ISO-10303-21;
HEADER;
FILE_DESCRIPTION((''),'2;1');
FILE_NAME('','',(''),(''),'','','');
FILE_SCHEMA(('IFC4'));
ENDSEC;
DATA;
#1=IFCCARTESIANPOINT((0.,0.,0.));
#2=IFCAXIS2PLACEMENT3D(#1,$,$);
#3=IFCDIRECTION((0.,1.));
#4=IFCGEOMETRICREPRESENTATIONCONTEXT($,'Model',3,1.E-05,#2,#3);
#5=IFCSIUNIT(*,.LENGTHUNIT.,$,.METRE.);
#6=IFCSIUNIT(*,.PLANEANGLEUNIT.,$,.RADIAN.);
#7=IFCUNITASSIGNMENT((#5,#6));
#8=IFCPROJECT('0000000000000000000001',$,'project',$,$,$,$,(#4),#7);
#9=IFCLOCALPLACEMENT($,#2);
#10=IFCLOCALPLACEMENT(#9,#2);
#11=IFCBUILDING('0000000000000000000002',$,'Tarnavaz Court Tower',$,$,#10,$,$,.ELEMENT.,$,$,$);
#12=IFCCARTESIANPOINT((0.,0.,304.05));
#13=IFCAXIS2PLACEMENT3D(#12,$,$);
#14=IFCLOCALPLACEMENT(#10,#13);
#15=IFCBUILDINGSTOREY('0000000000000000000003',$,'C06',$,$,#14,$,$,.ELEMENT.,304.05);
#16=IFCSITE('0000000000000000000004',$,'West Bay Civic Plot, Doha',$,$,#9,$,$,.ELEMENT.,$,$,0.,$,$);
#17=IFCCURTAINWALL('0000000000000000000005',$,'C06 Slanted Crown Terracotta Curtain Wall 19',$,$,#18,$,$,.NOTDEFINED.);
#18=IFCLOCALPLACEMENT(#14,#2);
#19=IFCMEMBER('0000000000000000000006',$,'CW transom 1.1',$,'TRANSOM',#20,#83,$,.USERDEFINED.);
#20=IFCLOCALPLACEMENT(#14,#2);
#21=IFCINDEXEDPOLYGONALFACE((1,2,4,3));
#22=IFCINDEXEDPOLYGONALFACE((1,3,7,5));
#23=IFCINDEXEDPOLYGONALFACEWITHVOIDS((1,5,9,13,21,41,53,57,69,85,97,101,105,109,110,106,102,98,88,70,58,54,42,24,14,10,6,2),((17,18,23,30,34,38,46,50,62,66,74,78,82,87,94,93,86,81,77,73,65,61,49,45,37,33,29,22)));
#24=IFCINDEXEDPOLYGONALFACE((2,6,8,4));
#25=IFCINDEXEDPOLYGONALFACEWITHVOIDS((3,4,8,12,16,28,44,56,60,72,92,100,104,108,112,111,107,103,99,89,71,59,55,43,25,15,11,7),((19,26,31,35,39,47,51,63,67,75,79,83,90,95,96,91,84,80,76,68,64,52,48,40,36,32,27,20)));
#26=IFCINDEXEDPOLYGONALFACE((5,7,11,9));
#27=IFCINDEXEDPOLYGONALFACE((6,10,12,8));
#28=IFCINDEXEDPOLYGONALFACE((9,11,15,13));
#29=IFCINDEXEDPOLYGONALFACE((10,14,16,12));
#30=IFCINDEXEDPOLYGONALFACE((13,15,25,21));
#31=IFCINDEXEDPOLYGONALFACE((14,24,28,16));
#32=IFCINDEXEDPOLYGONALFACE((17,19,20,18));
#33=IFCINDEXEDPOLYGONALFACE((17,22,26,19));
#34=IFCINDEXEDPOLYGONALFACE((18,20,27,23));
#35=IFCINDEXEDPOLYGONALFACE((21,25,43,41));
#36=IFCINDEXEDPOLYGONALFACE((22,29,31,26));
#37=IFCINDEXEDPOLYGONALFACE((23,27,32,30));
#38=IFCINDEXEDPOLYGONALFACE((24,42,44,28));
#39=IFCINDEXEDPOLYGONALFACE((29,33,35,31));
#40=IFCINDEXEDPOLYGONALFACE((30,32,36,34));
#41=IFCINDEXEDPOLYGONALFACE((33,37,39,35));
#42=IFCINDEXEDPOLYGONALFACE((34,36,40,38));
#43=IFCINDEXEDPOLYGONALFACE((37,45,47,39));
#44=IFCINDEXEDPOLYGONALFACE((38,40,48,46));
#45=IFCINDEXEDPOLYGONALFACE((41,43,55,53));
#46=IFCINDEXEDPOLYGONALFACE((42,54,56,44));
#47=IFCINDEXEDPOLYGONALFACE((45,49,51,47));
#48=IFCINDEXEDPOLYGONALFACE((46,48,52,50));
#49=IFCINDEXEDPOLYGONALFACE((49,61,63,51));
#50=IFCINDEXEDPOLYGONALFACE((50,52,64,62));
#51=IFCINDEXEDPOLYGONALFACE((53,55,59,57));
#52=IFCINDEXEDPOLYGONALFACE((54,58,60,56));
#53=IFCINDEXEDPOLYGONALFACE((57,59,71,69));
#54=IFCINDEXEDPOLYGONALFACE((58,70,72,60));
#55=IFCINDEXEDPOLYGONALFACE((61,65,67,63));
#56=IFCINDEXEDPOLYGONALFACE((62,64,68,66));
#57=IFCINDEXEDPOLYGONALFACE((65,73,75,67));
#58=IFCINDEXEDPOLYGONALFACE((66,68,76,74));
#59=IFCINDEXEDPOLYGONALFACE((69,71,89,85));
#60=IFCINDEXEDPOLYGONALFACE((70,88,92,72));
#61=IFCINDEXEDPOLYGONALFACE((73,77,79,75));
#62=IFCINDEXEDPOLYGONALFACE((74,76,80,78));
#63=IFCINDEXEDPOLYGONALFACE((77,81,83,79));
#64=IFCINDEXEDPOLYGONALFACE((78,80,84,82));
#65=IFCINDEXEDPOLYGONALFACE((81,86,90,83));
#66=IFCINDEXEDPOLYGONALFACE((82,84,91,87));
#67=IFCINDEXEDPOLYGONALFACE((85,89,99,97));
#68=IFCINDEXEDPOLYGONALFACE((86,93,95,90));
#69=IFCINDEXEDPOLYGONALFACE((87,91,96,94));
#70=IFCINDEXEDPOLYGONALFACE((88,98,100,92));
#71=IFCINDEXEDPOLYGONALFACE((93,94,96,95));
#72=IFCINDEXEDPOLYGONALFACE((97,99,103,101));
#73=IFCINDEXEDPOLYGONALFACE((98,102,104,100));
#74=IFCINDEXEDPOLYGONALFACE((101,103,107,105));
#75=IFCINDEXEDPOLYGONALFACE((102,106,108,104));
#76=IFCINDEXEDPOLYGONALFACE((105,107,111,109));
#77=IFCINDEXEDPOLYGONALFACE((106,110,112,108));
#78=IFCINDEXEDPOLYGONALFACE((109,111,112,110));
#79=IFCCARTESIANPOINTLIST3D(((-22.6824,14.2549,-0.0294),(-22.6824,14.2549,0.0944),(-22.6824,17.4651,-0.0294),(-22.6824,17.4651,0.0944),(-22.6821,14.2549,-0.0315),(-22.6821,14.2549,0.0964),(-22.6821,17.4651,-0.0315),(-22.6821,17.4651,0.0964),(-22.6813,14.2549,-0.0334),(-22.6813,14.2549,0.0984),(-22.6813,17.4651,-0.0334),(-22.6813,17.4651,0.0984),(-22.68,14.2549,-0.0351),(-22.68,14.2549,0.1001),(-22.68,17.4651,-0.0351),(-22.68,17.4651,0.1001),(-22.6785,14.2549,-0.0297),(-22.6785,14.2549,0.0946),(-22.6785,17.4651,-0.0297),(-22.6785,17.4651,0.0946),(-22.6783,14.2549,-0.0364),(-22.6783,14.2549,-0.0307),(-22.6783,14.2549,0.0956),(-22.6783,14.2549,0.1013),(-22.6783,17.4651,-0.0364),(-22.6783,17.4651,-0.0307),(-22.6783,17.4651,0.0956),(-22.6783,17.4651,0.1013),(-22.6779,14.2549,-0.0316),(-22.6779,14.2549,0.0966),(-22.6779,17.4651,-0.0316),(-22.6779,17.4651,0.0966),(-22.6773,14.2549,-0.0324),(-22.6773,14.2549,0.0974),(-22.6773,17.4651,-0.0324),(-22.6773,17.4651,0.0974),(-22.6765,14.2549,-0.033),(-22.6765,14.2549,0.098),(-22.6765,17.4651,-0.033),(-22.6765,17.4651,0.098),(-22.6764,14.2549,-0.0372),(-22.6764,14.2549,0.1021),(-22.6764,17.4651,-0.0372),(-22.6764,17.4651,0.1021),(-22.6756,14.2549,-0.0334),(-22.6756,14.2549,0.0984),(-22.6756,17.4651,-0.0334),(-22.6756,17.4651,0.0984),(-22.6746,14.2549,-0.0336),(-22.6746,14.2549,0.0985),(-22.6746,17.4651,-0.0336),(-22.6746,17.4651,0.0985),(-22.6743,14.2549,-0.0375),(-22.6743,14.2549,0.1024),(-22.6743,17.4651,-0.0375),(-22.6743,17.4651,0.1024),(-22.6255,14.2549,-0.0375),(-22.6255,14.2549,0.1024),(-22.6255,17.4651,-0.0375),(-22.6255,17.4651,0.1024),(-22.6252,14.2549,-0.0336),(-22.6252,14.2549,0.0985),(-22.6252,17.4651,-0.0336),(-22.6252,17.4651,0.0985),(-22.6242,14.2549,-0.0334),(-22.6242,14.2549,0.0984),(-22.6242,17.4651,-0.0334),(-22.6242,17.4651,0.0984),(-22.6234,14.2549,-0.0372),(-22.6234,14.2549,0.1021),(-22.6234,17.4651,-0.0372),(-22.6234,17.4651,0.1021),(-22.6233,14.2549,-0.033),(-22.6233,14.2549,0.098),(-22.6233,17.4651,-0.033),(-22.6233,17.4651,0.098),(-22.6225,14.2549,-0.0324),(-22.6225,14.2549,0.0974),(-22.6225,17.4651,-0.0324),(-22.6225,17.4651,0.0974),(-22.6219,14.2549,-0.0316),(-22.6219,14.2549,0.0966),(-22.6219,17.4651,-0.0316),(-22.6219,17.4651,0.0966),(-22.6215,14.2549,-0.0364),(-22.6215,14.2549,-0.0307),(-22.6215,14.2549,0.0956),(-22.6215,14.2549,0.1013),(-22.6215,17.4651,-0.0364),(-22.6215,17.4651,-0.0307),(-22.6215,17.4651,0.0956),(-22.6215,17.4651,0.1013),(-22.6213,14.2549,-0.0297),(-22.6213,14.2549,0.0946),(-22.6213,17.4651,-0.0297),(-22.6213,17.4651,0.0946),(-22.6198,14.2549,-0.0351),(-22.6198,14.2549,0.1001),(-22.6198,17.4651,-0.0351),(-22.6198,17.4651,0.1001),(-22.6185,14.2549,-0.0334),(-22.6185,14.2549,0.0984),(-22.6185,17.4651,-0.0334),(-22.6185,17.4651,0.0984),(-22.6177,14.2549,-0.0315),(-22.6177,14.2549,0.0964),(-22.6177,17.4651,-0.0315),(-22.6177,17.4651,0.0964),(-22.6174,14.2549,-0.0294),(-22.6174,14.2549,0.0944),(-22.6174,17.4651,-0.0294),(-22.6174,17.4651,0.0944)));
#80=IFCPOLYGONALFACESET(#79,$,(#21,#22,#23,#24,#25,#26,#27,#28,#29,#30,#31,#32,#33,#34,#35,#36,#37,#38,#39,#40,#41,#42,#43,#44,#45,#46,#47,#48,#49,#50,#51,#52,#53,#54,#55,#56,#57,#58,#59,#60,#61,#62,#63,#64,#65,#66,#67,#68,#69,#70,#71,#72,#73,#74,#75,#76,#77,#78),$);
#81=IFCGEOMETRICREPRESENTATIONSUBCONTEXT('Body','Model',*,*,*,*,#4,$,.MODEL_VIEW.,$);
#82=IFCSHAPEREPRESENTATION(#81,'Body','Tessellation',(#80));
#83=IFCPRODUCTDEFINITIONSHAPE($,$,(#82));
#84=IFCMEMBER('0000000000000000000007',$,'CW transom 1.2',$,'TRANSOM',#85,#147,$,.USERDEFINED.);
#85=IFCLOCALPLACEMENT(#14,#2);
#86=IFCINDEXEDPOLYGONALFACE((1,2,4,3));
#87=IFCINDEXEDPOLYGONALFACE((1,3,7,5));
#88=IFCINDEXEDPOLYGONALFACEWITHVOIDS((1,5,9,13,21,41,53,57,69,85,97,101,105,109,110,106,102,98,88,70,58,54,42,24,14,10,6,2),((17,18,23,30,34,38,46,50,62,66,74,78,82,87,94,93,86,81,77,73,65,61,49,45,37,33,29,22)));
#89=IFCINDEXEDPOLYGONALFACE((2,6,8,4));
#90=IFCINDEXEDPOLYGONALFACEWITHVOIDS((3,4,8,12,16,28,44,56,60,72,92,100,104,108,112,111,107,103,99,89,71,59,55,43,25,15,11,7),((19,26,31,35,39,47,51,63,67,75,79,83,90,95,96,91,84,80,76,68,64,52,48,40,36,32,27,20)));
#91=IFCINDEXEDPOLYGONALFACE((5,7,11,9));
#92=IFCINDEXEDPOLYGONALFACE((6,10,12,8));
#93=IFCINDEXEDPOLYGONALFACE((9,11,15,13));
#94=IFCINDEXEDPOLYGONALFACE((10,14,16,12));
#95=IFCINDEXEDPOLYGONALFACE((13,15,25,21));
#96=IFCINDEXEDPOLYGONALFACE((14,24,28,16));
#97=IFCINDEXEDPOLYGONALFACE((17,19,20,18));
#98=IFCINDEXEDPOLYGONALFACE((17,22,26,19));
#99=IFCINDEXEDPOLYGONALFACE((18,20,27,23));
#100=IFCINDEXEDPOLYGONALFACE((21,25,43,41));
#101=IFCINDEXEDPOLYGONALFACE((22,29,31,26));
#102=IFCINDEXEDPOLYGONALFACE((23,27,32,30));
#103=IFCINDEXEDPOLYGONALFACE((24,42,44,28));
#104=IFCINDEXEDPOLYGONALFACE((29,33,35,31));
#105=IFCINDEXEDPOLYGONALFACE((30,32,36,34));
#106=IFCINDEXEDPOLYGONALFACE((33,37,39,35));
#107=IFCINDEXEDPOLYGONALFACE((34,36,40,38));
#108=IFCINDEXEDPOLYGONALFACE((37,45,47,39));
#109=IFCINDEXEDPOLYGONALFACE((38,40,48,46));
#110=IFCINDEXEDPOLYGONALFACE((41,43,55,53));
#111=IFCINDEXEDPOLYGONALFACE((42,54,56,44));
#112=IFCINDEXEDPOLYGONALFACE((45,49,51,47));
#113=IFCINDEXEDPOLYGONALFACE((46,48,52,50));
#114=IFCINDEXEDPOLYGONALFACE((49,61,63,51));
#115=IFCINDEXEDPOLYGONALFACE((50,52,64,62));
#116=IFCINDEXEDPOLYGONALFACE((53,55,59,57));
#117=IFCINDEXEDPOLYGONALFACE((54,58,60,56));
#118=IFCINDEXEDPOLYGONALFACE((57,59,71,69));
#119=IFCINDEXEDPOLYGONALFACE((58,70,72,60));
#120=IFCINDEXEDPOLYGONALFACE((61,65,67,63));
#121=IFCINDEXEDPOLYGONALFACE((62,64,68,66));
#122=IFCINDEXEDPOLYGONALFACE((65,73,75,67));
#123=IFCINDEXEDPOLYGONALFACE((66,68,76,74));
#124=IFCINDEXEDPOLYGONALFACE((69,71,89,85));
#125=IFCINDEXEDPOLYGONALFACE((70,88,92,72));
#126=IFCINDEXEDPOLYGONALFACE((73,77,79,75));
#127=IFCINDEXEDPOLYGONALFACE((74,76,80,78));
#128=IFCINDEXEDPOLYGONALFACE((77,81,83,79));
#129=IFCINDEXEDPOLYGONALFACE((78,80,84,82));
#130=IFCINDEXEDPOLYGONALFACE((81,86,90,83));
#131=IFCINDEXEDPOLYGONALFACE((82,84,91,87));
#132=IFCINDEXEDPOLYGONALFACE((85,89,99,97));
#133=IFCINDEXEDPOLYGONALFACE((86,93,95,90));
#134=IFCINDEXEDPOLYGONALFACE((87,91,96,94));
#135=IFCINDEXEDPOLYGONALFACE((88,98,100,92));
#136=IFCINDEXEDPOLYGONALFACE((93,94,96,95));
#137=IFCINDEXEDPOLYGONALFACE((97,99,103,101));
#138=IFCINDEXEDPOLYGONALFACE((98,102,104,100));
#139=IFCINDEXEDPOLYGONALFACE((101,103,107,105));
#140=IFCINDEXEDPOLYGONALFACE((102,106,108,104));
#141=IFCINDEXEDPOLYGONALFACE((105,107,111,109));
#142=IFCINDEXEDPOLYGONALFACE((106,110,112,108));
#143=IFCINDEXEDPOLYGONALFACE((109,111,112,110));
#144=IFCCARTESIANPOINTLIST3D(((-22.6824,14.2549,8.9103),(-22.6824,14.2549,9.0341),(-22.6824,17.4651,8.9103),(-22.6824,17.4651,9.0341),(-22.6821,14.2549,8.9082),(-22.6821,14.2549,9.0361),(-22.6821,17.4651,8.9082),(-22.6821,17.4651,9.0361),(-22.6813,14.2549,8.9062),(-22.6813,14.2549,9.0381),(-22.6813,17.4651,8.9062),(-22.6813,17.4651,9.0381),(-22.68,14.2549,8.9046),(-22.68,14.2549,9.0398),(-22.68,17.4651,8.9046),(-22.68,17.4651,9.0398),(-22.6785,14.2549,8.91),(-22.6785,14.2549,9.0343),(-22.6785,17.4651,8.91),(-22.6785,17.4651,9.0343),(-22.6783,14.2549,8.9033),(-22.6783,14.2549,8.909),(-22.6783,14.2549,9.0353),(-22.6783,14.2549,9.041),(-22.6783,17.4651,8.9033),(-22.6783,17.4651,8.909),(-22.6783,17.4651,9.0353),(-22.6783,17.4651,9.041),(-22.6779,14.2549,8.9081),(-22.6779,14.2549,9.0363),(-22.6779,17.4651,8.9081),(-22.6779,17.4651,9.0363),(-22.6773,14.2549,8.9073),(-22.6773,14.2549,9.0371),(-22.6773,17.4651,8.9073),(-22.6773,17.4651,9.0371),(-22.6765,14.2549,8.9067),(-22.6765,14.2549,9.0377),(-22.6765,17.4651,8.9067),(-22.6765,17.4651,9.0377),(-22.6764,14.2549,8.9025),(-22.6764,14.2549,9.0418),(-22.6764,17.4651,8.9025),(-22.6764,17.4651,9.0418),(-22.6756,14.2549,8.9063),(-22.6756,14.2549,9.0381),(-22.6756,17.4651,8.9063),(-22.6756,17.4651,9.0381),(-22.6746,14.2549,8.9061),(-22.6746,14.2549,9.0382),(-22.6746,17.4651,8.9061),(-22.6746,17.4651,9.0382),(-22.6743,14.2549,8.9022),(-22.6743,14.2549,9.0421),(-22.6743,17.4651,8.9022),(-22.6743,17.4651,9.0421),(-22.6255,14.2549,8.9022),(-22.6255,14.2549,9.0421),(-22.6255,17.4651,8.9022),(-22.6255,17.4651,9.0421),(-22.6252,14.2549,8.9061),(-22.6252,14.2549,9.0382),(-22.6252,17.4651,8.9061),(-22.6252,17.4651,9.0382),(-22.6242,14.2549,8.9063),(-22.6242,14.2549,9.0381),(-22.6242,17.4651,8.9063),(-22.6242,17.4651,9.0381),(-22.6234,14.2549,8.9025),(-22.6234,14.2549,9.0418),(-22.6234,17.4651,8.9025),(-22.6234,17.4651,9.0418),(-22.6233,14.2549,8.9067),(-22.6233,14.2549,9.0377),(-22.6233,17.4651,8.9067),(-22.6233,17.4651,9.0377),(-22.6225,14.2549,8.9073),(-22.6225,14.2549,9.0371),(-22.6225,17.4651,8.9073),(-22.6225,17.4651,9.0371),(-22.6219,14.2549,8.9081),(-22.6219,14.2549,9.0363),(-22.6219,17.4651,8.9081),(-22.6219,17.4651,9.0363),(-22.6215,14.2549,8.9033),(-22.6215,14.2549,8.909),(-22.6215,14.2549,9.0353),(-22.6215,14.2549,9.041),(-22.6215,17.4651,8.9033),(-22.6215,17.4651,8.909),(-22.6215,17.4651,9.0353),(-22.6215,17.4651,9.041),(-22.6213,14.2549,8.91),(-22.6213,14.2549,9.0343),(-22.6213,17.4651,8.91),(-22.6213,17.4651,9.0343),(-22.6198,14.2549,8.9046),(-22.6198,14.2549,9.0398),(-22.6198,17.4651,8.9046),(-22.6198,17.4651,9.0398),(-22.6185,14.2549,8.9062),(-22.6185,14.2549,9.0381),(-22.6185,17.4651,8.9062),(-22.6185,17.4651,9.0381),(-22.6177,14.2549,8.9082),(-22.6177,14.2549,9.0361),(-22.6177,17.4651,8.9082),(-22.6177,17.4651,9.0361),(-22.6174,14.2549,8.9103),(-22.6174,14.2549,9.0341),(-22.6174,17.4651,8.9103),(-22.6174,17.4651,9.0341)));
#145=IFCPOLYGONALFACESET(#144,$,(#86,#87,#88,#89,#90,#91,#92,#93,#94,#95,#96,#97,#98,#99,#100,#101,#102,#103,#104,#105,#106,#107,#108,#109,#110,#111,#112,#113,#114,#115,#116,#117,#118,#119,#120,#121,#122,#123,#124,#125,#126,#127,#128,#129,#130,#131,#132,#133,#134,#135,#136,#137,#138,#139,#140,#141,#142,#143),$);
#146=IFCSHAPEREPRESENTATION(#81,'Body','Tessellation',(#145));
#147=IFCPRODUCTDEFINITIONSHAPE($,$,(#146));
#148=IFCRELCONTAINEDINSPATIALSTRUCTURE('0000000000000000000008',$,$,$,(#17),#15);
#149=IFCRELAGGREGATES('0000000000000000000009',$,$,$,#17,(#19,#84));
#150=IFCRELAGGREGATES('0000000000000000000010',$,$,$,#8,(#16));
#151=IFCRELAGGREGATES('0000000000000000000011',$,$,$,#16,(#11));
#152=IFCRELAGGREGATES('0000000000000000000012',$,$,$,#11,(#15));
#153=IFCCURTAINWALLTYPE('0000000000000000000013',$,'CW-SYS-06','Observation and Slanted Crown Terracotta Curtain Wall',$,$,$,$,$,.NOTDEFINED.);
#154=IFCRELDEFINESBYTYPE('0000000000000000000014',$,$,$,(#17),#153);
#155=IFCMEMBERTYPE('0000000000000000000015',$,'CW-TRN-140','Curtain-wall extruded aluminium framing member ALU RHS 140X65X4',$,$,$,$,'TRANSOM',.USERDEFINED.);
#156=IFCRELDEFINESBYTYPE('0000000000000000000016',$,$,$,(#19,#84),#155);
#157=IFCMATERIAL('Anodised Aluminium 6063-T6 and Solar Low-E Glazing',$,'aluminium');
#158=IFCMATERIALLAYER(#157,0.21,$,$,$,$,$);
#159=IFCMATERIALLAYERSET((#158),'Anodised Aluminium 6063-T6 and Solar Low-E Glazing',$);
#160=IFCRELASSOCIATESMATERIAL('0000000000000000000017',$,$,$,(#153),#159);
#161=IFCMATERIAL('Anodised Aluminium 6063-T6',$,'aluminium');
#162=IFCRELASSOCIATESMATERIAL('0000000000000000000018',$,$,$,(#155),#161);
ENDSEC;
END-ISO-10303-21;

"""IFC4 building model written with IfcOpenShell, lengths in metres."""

from ifc_helpers import new_model, si_unit, direction, frame, origin, origin_2d, place, context, subcontext, project, spatial, hollow_rectangle, extrude, material, layer, layer_set, material_profile, profile_set, type_object, element, aggregate, save


model = new_model("IFC4")

# Units and contexts
model_context = context("Model", 3, precision=1e-05, world=origin(), true_north=direction((0.0, 1.0)))
body_context = subcontext(model_context, "Body", "Model", "MODEL_VIEW")
ifc_project = project(units=[si_unit("LENGTHUNIT", "METRE"), si_unit("PLANEANGLEUNIT", "RADIAN")], contexts=[model_context])

# Site, building, storey
site_placement = place(None, origin())
site = spatial("IfcSite", under=ifc_project, at=site_placement, Name="West Bay Civic Plot, Doha", CompositionType="ELEMENT", RefElevation=0.0)
building_placement = place(site_placement, origin())
building = spatial("IfcBuilding", under=site, at=building_placement, Name="Tarnavaz Court Tower", CompositionType="ELEMENT")
storey_placement = place(building_placement, frame((0.0, 0.0, 304.05)))
storey = spatial("IfcBuildingStorey", under=building, at=storey_placement, Name="C06", CompositionType="ELEMENT", Elevation=304.05)

# Shared definitions
ifc_material_1 = material(Name="Anodised Aluminium 6063-T6 and Solar Low-E Glazing", Category="aluminium")
ifc_layer_1 = layer(ifc_material_1, 0.21)
ifc_layer_set_1 = layer_set([ifc_layer_1], Name="Anodised Aluminium 6063-T6 and Solar Low-E Glazing")
curtain_wall_type = type_object("IfcCurtainWallType", Name="CW-SYS-06", Description="Observation and Slanted Crown Terracotta Curtain Wall", PredefinedType="NOTDEFINED", material=ifc_layer_set_1)
ifc_material_2 = material(Name="Anodised Aluminium 6063-T6", Category="aluminium")

# Curtain wall
curtain_wall_1_placement = place(storey_placement, origin())
curtain_wall_1 = element("IfcCurtainWall", 1, at=curtain_wall_1_placement, inside=storey, type_object=curtain_wall_type, Name="C06 Slanted Crown Terracotta Curtain Wall 19", PredefinedType="NOTDEFINED")

# Members
ifc_material_profile_1 = material_profile(ifc_material_2, hollow_rectangle(XDim=0.0649, YDim=0.1399, WallThickness=0.0039, InnerFilletRadius=0.0039, OuterFilletRadius=0.0081, at=origin_2d()), Name="ALU RHS 140X65X4")
ifc_profile_set_1 = profile_set([ifc_material_profile_1], Name="Anodised Aluminium 6063-T6")
member_type_1 = type_object("IfcMemberType", Name="CW-TRN-140", Description="Curtain-wall extruded aluminium framing member ALU RHS 140X65X4", ElementType="TRANSOM", PredefinedType="USERDEFINED", material=ifc_profile_set_1)
member_1_placement = place(storey_placement, frame((-22.6499, 14.2549, 0.0325), z_axis=(0.0, 1.0, 0.0), x_axis=(-1.0, 0.0, 0.0)))
member_1 = element("IfcMember", 2, at=member_1_placement, type_object=member_type_1, Name="CW transom 1.1", ObjectType="TRANSOM", PredefinedType="USERDEFINED", context=body_context, shape_type="SweptSolid", body=[
    extrude(hollow_rectangle(XDim=0.0649, YDim=0.1399, WallThickness=0.0039, InnerFilletRadius=0.0039, OuterFilletRadius=0.0081, at=origin_2d()), origin(), (0.0, 0.0, 1.0), 3.2102),
])
member_2_placement = place(storey_placement, frame((-22.6499, 14.2549, 8.9722), z_axis=(0.0, 1.0, 0.0), x_axis=(-1.0, 0.0, 0.0)))
member_2 = element("IfcMember", 3, at=member_2_placement, type_object=member_type_1, Name="CW transom 1.2", ObjectType="TRANSOM", PredefinedType="USERDEFINED", context=body_context, shape_type="SweptSolid", body=[
    extrude(hollow_rectangle(XDim=0.0649, YDim=0.1399, WallThickness=0.0039, InnerFilletRadius=0.0039, OuterFilletRadius=0.0081, at=origin_2d()), origin(), (0.0, 0.0, 1.0), 3.2102),
])
aggregate(curtain_wall_1, [member_1, member_2])

save(model, "model.ifc")
